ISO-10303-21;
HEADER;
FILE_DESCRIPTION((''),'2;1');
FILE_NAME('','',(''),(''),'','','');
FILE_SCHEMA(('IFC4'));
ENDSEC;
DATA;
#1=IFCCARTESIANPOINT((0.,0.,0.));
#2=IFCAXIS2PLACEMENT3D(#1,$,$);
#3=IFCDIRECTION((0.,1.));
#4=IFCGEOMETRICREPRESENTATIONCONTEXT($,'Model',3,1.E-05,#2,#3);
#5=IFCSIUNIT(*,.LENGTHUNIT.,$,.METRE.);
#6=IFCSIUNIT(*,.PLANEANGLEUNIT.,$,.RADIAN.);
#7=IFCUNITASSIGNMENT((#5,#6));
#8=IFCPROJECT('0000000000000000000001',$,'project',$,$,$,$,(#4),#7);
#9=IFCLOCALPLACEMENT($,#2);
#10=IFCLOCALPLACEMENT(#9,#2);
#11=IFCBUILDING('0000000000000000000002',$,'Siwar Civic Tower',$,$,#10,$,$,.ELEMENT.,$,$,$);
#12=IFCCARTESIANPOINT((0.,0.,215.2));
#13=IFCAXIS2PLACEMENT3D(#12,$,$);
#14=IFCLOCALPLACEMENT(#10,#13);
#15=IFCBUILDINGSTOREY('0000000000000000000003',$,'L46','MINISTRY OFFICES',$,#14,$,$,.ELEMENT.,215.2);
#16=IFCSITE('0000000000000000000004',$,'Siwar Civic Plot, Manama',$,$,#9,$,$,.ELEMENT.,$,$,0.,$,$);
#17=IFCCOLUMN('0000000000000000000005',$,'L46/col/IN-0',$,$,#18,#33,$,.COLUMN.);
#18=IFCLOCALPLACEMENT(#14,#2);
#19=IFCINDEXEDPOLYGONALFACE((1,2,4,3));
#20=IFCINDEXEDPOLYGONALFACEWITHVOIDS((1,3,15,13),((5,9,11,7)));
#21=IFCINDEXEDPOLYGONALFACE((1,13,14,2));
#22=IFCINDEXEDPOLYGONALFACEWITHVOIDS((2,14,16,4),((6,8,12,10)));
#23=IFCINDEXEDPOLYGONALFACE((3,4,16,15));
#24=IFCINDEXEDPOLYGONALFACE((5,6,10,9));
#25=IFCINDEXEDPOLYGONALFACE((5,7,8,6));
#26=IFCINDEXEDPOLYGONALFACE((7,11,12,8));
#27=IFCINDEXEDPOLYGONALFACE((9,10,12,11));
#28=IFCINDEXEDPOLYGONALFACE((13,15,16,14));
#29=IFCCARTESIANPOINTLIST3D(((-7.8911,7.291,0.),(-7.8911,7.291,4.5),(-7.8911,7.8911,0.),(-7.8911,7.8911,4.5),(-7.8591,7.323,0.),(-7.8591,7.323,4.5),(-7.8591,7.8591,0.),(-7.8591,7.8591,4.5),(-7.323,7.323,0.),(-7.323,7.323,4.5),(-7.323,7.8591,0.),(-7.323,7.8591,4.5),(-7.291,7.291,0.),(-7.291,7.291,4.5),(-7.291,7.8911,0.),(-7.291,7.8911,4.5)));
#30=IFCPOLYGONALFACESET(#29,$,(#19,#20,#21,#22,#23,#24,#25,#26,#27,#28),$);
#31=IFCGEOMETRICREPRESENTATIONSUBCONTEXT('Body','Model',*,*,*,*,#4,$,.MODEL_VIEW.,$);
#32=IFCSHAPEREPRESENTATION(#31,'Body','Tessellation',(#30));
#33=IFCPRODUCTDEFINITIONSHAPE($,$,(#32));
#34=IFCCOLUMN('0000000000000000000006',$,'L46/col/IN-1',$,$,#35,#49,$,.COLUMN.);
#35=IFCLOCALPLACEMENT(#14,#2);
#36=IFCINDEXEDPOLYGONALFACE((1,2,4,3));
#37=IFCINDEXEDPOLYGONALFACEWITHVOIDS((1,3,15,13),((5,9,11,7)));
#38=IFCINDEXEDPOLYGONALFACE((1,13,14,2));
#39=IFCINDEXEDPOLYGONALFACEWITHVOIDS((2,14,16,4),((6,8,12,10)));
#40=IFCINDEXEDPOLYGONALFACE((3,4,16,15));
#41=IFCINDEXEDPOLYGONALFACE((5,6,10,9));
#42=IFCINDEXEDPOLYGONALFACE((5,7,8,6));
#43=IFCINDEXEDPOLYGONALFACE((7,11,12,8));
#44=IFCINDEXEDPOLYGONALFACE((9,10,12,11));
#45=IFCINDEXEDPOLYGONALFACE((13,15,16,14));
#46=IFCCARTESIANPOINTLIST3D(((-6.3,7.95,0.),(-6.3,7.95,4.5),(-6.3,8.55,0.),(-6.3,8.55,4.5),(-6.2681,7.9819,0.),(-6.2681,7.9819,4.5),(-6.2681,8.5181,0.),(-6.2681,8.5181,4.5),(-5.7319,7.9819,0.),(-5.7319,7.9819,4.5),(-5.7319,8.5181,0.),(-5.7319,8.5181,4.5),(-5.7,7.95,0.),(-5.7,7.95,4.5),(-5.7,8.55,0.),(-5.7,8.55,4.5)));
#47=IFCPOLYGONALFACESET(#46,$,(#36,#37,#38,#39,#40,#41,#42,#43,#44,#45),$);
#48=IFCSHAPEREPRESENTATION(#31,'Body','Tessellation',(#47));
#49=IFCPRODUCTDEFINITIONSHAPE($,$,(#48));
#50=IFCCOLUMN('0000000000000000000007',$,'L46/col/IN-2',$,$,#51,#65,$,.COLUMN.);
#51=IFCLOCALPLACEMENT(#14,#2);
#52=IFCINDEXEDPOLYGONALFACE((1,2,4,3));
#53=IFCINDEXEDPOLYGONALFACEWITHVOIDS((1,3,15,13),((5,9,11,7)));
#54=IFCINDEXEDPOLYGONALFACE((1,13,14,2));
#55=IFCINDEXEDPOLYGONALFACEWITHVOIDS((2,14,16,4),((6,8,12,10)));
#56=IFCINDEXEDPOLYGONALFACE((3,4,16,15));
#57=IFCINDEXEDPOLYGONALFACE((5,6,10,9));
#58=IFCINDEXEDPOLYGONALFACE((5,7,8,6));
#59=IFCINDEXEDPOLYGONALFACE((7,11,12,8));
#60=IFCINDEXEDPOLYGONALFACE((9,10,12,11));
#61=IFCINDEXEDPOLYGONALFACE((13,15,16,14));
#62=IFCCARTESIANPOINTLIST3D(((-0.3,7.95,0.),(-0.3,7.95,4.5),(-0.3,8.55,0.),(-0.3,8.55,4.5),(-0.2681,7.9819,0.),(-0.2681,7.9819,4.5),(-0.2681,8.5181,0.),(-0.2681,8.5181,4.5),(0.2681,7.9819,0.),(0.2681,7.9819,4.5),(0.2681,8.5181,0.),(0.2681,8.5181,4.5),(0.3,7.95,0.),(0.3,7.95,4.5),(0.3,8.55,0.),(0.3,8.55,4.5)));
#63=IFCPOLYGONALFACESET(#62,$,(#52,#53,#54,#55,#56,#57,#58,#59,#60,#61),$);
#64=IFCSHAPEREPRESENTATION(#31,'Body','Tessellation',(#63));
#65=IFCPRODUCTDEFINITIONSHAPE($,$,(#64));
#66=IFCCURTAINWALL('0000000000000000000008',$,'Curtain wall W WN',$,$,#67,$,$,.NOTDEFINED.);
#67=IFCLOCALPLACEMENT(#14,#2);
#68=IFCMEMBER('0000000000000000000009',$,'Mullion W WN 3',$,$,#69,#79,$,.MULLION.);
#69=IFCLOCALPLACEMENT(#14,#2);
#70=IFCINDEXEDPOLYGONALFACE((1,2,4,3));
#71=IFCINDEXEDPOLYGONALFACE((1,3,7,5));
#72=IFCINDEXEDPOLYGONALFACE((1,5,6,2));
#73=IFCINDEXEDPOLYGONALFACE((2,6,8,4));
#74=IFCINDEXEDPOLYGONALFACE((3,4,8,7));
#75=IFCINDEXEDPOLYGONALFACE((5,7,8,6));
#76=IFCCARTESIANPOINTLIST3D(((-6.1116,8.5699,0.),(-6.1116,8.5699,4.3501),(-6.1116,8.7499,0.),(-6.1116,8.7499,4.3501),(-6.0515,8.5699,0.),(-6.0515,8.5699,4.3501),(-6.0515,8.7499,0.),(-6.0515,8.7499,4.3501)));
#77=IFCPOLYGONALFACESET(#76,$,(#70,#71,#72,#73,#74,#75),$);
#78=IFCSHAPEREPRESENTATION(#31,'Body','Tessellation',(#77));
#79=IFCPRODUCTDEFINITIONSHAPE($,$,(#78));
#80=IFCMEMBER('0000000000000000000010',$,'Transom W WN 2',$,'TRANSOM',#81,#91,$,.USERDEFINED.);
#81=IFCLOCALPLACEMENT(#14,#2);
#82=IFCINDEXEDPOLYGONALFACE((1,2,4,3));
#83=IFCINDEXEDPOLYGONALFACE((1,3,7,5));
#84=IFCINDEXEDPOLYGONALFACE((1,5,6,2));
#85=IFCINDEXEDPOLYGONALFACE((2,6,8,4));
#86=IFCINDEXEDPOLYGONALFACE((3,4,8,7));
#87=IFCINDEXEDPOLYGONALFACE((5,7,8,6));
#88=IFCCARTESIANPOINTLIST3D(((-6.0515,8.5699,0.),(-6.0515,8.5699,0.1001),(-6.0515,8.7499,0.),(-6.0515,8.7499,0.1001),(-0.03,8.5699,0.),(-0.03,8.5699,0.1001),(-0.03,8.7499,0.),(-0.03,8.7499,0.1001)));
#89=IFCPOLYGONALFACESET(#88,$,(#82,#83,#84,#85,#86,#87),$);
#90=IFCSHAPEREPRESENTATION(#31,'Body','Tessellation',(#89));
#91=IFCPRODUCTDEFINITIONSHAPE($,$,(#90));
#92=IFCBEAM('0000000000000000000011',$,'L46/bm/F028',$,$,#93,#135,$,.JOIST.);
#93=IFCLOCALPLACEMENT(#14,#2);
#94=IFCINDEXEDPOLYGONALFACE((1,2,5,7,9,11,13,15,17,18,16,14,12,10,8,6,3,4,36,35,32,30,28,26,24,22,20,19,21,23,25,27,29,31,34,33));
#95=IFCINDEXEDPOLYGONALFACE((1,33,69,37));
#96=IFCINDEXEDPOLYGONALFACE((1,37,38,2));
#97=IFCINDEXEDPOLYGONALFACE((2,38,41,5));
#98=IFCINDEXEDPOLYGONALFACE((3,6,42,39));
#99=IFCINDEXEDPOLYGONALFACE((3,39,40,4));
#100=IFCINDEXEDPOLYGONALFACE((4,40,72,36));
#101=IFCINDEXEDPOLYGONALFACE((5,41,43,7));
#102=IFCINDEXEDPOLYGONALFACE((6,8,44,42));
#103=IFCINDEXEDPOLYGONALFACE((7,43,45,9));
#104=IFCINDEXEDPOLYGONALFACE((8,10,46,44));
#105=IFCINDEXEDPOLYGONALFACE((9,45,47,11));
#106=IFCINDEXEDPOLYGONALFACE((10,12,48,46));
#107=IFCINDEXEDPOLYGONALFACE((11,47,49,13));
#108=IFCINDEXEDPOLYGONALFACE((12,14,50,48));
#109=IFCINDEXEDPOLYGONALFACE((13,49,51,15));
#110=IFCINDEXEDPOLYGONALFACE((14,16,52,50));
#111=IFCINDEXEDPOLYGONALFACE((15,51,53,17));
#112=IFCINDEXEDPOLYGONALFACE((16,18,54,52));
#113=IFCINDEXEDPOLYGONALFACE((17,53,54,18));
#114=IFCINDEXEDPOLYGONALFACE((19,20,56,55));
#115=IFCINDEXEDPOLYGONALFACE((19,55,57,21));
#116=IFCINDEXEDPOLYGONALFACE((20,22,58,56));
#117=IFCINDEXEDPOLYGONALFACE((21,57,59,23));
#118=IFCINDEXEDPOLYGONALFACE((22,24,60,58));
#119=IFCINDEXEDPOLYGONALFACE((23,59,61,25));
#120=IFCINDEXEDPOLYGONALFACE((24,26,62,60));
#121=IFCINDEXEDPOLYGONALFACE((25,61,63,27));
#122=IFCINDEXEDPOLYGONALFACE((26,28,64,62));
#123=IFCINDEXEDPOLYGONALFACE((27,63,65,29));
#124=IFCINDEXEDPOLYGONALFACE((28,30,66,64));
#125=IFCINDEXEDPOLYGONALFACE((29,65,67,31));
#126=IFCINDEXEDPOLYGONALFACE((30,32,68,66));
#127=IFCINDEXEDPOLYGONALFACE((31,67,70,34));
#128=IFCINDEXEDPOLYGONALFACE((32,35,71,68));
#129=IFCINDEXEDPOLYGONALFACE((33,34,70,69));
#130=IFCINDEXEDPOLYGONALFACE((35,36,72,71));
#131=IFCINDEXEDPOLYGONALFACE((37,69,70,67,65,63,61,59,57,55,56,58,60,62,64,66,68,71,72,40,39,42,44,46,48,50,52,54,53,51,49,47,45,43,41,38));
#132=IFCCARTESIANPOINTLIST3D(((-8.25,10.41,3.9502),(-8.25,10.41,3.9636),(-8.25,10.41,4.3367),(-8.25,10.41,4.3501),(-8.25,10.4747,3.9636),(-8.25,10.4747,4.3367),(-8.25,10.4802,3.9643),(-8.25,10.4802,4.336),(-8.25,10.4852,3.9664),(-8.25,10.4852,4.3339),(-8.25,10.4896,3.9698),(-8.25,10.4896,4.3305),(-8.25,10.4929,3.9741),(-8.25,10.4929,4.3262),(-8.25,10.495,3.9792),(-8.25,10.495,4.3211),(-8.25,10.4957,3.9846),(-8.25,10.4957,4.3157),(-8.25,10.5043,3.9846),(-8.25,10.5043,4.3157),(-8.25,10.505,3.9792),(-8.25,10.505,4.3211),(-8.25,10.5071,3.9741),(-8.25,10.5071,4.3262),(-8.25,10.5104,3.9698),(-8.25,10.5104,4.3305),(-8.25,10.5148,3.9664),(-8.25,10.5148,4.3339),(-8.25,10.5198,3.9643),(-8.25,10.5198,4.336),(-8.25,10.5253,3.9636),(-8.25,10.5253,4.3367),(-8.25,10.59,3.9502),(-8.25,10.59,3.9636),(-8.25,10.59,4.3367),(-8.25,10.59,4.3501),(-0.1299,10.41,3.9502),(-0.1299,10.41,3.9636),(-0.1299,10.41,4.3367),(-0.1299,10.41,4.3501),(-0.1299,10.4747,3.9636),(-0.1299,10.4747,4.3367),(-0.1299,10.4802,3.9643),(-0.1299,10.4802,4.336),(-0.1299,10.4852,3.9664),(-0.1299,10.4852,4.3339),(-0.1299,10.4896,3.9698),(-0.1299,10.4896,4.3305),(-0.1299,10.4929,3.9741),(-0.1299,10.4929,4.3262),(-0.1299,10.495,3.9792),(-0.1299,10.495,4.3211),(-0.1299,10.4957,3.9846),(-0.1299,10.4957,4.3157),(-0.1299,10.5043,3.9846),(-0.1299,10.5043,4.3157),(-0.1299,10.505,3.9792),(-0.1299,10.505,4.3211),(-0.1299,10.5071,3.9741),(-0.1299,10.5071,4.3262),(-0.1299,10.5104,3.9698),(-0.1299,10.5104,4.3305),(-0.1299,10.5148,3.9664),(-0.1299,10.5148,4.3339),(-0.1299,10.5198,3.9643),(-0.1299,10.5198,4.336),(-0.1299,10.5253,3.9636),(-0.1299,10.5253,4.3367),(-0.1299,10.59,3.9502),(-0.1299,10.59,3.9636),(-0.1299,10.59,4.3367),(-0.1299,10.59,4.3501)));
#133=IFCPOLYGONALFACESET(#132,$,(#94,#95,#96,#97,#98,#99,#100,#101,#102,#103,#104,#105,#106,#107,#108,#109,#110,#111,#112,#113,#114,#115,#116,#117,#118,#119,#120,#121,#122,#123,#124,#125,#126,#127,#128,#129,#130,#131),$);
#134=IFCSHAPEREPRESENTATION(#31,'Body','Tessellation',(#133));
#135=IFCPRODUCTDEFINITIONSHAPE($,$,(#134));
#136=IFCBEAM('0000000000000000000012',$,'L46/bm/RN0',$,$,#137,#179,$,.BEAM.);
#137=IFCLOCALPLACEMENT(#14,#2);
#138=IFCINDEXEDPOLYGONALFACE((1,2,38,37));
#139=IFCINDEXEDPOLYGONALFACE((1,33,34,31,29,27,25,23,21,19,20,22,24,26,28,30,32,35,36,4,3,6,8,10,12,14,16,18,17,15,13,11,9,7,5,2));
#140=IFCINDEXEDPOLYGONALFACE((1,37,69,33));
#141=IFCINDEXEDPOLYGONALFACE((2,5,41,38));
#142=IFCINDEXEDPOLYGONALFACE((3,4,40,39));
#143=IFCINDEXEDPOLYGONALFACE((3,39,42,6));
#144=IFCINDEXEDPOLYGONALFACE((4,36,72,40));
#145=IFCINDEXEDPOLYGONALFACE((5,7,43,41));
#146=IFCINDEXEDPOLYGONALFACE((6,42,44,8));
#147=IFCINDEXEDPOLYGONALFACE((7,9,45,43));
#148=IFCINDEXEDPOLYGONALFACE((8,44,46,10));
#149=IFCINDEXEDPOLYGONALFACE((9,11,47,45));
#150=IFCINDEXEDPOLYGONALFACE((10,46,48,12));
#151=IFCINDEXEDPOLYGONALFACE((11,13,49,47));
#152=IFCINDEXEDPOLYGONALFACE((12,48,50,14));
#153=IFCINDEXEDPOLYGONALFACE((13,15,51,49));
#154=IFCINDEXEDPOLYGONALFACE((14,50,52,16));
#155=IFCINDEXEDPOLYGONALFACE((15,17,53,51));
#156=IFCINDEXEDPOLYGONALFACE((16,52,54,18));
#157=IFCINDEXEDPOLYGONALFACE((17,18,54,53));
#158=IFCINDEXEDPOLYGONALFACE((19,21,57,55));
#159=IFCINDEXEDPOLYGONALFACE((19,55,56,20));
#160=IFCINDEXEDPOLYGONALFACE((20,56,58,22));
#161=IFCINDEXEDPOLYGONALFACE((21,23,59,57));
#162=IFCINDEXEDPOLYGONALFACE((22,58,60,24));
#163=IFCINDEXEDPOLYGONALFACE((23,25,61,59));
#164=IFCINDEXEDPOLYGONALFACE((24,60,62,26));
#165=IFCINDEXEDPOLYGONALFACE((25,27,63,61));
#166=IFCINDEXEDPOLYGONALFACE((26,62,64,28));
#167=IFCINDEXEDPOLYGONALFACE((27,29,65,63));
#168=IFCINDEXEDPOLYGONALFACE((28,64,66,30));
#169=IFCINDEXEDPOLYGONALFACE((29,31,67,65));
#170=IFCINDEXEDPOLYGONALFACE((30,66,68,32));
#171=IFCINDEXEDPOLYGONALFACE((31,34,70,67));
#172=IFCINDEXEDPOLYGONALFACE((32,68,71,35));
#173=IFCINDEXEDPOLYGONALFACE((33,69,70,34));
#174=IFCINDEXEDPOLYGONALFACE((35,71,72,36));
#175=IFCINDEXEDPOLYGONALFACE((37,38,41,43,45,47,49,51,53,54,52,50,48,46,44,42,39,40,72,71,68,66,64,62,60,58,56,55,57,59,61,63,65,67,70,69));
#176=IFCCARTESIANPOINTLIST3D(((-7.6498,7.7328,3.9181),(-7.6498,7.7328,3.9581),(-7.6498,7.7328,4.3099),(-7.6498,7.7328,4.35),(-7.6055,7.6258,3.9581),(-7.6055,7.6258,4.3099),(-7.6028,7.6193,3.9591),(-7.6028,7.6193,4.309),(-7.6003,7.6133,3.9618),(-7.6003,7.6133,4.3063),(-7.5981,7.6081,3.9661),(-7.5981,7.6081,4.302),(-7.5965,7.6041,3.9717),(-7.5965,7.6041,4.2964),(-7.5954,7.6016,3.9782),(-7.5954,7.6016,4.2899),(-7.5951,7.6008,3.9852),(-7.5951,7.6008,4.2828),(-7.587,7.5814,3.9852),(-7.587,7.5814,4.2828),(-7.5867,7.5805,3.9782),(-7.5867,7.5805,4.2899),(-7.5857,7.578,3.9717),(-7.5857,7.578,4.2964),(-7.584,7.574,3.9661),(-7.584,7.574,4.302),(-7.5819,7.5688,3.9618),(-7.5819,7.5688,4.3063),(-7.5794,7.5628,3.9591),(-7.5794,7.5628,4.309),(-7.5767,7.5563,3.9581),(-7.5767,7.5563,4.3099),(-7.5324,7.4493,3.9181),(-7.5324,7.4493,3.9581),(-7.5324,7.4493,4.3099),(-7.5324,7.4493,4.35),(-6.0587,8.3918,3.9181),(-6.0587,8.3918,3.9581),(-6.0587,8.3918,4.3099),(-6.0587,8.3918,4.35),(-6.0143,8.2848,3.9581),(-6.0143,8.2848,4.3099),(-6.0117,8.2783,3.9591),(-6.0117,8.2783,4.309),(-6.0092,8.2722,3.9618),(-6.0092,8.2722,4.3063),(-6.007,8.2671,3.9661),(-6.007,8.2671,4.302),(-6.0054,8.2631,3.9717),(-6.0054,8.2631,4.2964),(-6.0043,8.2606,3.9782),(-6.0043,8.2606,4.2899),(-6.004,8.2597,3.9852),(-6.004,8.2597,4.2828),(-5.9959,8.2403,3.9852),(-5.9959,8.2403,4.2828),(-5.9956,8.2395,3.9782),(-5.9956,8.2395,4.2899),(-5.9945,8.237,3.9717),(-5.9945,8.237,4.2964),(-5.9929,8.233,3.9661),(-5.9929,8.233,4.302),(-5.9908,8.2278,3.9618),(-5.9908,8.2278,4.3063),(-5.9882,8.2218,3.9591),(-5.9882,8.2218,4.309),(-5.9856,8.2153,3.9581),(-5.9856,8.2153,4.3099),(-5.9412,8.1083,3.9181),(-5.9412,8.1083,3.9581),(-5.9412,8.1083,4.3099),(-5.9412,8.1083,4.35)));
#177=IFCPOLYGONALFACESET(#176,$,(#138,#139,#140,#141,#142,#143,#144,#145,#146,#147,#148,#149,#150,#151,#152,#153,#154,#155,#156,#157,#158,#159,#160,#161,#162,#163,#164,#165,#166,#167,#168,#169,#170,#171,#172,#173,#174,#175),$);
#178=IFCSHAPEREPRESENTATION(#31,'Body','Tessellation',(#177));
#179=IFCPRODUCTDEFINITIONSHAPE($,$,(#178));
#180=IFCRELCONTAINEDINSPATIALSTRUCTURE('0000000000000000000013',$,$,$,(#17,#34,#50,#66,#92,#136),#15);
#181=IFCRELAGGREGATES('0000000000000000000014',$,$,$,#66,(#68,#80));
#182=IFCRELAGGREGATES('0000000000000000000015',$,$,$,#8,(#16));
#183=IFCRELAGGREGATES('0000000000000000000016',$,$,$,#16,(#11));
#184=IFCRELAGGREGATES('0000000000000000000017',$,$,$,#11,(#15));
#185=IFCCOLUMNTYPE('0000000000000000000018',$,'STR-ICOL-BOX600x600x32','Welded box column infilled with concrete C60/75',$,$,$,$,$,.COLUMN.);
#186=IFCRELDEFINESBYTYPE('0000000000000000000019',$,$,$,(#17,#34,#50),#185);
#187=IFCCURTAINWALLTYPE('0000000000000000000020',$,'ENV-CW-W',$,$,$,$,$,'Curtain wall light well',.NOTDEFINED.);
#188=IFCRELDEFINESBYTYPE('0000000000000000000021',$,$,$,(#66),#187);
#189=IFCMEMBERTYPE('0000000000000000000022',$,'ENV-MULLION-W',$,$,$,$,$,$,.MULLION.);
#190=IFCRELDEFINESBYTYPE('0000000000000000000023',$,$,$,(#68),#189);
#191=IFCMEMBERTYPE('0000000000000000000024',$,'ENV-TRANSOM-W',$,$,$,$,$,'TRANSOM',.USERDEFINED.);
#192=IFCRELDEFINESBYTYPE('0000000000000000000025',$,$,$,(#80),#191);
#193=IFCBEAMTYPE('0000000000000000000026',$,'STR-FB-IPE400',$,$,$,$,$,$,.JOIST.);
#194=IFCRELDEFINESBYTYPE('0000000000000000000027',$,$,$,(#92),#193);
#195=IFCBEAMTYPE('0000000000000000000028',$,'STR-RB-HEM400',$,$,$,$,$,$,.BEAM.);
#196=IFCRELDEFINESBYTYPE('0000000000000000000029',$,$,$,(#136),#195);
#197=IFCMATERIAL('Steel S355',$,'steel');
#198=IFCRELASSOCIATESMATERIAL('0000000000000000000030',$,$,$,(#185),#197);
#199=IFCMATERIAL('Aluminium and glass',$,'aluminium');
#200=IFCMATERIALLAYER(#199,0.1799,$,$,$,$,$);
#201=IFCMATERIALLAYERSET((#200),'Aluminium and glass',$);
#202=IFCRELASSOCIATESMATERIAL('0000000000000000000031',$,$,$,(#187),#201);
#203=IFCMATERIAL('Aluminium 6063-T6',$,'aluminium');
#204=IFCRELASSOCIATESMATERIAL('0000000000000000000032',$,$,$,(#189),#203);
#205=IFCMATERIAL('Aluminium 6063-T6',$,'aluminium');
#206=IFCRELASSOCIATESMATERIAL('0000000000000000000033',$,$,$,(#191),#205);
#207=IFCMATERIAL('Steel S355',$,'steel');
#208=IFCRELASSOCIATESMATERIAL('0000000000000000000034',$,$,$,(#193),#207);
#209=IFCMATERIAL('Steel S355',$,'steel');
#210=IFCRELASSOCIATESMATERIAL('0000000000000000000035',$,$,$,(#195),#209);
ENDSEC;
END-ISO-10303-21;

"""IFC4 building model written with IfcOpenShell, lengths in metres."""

from ifc_helpers import new_model, si_unit, direction, frame, origin, origin_2d, place, context, subcontext, project, spatial, rectangle, hollow_rectangle, i_section, extrude, material, layer, layer_set, material_profile, profile_set, type_object, element, aggregate, save


model = new_model("IFC4")

# Units and contexts
model_context = context("Model", 3, precision=1e-05, world=origin(), true_north=direction((0.0, 1.0)))
body_context = subcontext(model_context, "Body", "Model", "MODEL_VIEW")
ifc_project = project(units=[si_unit("LENGTHUNIT", "METRE"), si_unit("PLANEANGLEUNIT", "RADIAN")], contexts=[model_context])

# Site, building, storey
site_placement = place(None, origin())
site = spatial("IfcSite", under=ifc_project, at=site_placement, Name="Siwar Civic Plot, Manama", CompositionType="ELEMENT", RefElevation=0.0)
building_placement = place(site_placement, origin())
building = spatial("IfcBuilding", under=site, at=building_placement, Name="Siwar Civic Tower", CompositionType="ELEMENT")
storey_placement = place(building_placement, frame((0.0, 0.0, 215.2)))
storey = spatial("IfcBuildingStorey", under=building, at=storey_placement, Name="L46", Description="MINISTRY OFFICES", CompositionType="ELEMENT", Elevation=215.2)

# Columns
ifc_material_1 = material(Name="Steel S355", Category="steel")
ifc_material_profile_1 = material_profile(ifc_material_1, hollow_rectangle(XDim=0.6001, YDim=0.6001, WallThickness=0.032, at=origin_2d()), Name="BOX600x600x32")
ifc_profile_set_1 = profile_set([ifc_material_profile_1], Name="Steel S355")
column_type = type_object("IfcColumnType", Name="STR-ICOL-BOX600x600x32", Description="Welded box column infilled with concrete C60/75", PredefinedType="COLUMN", material=ifc_profile_set_1)
for number, where, z_axis, x_axis, name in (
    (1, (-7.5911, 7.5911, 0.0), (0.0, 0.0, 1.0), (1.0, 0.0, 0.0), "L46/col/IN-0"),
    (2, (-6.0, 8.25, 0.0), (0.0, 0.0, 1.0), (1.0, 0.0, 0.0), "L46/col/IN-1"),
    (3, (0.0, 8.25, 0.0), (0.0, 0.0, 1.0), (1.0, 0.0, 0.0), "L46/col/IN-2"),
):
    element("IfcColumn", number, at=place(storey_placement, frame(where, z_axis=z_axis, x_axis=x_axis)), inside=storey, type_object=column_type, Name=name, PredefinedType="COLUMN", context=body_context, shape_type="SweptSolid", body=[
        extrude(hollow_rectangle(XDim=0.6001, YDim=0.6001, WallThickness=0.032, at=origin_2d()), origin(), (0.0, 0.0, 1.0), 4.5),
    ])

# Curtain wall, members
ifc_material_2 = material(Name="Aluminium and glass", Category="aluminium")
ifc_layer_1 = layer(ifc_material_2, 0.1799)
ifc_layer_set_1 = layer_set([ifc_layer_1], Name="Aluminium and glass")
curtain_wall_type = type_object("IfcCurtainWallType", Name="ENV-CW-W", ElementType="Curtain wall light well", PredefinedType="NOTDEFINED", material=ifc_layer_set_1)
curtain_wall_placement = place(storey_placement, origin())
curtain_wall = element("IfcCurtainWall", 4, at=curtain_wall_placement, inside=storey, type_object=curtain_wall_type, Name="Curtain wall W WN", PredefinedType="NOTDEFINED")
ifc_material_3 = material(Name="Aluminium 6063-T6", Category="aluminium")
ifc_material_profile_2 = material_profile(ifc_material_3, rectangle(XDim=0.1799, YDim=0.0601, at=origin_2d()), Name="AL 180x60")
ifc_profile_set_2 = profile_set([ifc_material_profile_2], Name="Aluminium 6063-T6")
member_type_1 = type_object("IfcMemberType", Name="ENV-MULLION-W", PredefinedType="MULLION", material=ifc_profile_set_2)
member_1_placement = place(storey_placement, frame((-6.0815, 8.6599, 0.0), z_axis=(0.0, 0.0, 1.0), x_axis=(0.0, -1.0, 0.0)))
member_1 = element("IfcMember", 5, at=member_1_placement, type_object=member_type_1, Name="Mullion W WN 3", PredefinedType="MULLION", context=body_context, shape_type="SweptSolid", body=[
    extrude(rectangle(XDim=0.1799, YDim=0.0601, at=origin_2d()), origin(), (0.0, 0.0, 1.0), 4.3501),
])
ifc_material_4 = material(Name="Aluminium 6063-T6", Category="aluminium")
ifc_material_profile_3 = material_profile(ifc_material_4, rectangle(XDim=0.1799, YDim=0.1001, at=origin_2d()), Name="AL 180x100")
ifc_profile_set_3 = profile_set([ifc_material_profile_3], Name="Aluminium 6063-T6")
member_type_2 = type_object("IfcMemberType", Name="ENV-TRANSOM-W", ElementType="TRANSOM", PredefinedType="USERDEFINED", material=ifc_profile_set_3)
member_2_placement = place(storey_placement, frame((-0.03, 8.6599, 0.05), z_axis=(-1.0, 0.0, 0.0), x_axis=(0.0, -1.0, 0.0)))
member_2 = element("IfcMember", 6, at=member_2_placement, type_object=member_type_2, Name="Transom W WN 2", ObjectType="TRANSOM", PredefinedType="USERDEFINED", context=body_context, shape_type="SweptSolid", body=[
    extrude(rectangle(XDim=0.1799, YDim=0.1001, at=origin_2d()), origin(), (0.0, 0.0, 1.0), 6.0215),
])

# Beams
ifc_material_5 = material(Name="Steel S355", Category="steel")
ifc_material_profile_4 = material_profile(ifc_material_5, i_section(OverallWidth=0.1799, OverallDepth=0.3999, WebThickness=0.0085, FlangeThickness=0.0134, FilletRadius=0.021, at=origin_2d()), Name="IPE400")
ifc_profile_set_4 = profile_set([ifc_material_profile_4], Name="Steel S355")
beam_type_1 = type_object("IfcBeamType", Name="STR-FB-IPE400", PredefinedType="JOIST", material=ifc_profile_set_4)
beam_1_placement = place(storey_placement, frame((-8.25, 10.5, 4.1501), z_axis=(1.0, 0.0, 0.0), x_axis=(0.0, 1.0, 0.0)))
element("IfcBeam", 7, at=beam_1_placement, inside=storey, type_object=beam_type_1, Name="L46/bm/F028", PredefinedType="JOIST", context=body_context, shape_type="SweptSolid", body=[
    extrude(i_section(OverallWidth=0.1799, OverallDepth=0.3999, WebThickness=0.0085, FlangeThickness=0.0134, FilletRadius=0.021, at=origin_2d()), origin(), (0.0, 0.0, 1.0), 8.1201),
])
ifc_material_6 = material(Name="Steel S355", Category="steel")
ifc_material_profile_5 = material_profile(ifc_material_6, i_section(OverallWidth=0.3069, OverallDepth=0.4319, WebThickness=0.021, FlangeThickness=0.04, FilletRadius=0.0271, at=origin_2d()), Name="HEM400")
ifc_profile_set_5 = profile_set([ifc_material_profile_5], Name="Steel S355")
beam_type_2 = type_object("IfcBeamType", Name="STR-RB-HEM400", PredefinedType="BEAM", material=ifc_profile_set_5)
beam_2_placement = place(storey_placement, frame((-7.5911, 7.5911, 4.134), z_axis=(0.923901, 0.382631, 0.0), x_axis=(-0.382631, 0.923901, 0.0)))
element("IfcBeam", 8, at=beam_2_placement, inside=storey, type_object=beam_type_2, Name="L46/bm/RN0", PredefinedType="BEAM", context=body_context, shape_type="SweptSolid", body=[
    extrude(i_section(OverallWidth=0.3069, OverallDepth=0.4319, WebThickness=0.021, FlangeThickness=0.04, FilletRadius=0.0271, at=origin_2d()), origin(), (0.0, 0.0, 1.0), 1.7222),
])

aggregate(curtain_wall, [member_1, member_2])

save(model, "model.ifc")
